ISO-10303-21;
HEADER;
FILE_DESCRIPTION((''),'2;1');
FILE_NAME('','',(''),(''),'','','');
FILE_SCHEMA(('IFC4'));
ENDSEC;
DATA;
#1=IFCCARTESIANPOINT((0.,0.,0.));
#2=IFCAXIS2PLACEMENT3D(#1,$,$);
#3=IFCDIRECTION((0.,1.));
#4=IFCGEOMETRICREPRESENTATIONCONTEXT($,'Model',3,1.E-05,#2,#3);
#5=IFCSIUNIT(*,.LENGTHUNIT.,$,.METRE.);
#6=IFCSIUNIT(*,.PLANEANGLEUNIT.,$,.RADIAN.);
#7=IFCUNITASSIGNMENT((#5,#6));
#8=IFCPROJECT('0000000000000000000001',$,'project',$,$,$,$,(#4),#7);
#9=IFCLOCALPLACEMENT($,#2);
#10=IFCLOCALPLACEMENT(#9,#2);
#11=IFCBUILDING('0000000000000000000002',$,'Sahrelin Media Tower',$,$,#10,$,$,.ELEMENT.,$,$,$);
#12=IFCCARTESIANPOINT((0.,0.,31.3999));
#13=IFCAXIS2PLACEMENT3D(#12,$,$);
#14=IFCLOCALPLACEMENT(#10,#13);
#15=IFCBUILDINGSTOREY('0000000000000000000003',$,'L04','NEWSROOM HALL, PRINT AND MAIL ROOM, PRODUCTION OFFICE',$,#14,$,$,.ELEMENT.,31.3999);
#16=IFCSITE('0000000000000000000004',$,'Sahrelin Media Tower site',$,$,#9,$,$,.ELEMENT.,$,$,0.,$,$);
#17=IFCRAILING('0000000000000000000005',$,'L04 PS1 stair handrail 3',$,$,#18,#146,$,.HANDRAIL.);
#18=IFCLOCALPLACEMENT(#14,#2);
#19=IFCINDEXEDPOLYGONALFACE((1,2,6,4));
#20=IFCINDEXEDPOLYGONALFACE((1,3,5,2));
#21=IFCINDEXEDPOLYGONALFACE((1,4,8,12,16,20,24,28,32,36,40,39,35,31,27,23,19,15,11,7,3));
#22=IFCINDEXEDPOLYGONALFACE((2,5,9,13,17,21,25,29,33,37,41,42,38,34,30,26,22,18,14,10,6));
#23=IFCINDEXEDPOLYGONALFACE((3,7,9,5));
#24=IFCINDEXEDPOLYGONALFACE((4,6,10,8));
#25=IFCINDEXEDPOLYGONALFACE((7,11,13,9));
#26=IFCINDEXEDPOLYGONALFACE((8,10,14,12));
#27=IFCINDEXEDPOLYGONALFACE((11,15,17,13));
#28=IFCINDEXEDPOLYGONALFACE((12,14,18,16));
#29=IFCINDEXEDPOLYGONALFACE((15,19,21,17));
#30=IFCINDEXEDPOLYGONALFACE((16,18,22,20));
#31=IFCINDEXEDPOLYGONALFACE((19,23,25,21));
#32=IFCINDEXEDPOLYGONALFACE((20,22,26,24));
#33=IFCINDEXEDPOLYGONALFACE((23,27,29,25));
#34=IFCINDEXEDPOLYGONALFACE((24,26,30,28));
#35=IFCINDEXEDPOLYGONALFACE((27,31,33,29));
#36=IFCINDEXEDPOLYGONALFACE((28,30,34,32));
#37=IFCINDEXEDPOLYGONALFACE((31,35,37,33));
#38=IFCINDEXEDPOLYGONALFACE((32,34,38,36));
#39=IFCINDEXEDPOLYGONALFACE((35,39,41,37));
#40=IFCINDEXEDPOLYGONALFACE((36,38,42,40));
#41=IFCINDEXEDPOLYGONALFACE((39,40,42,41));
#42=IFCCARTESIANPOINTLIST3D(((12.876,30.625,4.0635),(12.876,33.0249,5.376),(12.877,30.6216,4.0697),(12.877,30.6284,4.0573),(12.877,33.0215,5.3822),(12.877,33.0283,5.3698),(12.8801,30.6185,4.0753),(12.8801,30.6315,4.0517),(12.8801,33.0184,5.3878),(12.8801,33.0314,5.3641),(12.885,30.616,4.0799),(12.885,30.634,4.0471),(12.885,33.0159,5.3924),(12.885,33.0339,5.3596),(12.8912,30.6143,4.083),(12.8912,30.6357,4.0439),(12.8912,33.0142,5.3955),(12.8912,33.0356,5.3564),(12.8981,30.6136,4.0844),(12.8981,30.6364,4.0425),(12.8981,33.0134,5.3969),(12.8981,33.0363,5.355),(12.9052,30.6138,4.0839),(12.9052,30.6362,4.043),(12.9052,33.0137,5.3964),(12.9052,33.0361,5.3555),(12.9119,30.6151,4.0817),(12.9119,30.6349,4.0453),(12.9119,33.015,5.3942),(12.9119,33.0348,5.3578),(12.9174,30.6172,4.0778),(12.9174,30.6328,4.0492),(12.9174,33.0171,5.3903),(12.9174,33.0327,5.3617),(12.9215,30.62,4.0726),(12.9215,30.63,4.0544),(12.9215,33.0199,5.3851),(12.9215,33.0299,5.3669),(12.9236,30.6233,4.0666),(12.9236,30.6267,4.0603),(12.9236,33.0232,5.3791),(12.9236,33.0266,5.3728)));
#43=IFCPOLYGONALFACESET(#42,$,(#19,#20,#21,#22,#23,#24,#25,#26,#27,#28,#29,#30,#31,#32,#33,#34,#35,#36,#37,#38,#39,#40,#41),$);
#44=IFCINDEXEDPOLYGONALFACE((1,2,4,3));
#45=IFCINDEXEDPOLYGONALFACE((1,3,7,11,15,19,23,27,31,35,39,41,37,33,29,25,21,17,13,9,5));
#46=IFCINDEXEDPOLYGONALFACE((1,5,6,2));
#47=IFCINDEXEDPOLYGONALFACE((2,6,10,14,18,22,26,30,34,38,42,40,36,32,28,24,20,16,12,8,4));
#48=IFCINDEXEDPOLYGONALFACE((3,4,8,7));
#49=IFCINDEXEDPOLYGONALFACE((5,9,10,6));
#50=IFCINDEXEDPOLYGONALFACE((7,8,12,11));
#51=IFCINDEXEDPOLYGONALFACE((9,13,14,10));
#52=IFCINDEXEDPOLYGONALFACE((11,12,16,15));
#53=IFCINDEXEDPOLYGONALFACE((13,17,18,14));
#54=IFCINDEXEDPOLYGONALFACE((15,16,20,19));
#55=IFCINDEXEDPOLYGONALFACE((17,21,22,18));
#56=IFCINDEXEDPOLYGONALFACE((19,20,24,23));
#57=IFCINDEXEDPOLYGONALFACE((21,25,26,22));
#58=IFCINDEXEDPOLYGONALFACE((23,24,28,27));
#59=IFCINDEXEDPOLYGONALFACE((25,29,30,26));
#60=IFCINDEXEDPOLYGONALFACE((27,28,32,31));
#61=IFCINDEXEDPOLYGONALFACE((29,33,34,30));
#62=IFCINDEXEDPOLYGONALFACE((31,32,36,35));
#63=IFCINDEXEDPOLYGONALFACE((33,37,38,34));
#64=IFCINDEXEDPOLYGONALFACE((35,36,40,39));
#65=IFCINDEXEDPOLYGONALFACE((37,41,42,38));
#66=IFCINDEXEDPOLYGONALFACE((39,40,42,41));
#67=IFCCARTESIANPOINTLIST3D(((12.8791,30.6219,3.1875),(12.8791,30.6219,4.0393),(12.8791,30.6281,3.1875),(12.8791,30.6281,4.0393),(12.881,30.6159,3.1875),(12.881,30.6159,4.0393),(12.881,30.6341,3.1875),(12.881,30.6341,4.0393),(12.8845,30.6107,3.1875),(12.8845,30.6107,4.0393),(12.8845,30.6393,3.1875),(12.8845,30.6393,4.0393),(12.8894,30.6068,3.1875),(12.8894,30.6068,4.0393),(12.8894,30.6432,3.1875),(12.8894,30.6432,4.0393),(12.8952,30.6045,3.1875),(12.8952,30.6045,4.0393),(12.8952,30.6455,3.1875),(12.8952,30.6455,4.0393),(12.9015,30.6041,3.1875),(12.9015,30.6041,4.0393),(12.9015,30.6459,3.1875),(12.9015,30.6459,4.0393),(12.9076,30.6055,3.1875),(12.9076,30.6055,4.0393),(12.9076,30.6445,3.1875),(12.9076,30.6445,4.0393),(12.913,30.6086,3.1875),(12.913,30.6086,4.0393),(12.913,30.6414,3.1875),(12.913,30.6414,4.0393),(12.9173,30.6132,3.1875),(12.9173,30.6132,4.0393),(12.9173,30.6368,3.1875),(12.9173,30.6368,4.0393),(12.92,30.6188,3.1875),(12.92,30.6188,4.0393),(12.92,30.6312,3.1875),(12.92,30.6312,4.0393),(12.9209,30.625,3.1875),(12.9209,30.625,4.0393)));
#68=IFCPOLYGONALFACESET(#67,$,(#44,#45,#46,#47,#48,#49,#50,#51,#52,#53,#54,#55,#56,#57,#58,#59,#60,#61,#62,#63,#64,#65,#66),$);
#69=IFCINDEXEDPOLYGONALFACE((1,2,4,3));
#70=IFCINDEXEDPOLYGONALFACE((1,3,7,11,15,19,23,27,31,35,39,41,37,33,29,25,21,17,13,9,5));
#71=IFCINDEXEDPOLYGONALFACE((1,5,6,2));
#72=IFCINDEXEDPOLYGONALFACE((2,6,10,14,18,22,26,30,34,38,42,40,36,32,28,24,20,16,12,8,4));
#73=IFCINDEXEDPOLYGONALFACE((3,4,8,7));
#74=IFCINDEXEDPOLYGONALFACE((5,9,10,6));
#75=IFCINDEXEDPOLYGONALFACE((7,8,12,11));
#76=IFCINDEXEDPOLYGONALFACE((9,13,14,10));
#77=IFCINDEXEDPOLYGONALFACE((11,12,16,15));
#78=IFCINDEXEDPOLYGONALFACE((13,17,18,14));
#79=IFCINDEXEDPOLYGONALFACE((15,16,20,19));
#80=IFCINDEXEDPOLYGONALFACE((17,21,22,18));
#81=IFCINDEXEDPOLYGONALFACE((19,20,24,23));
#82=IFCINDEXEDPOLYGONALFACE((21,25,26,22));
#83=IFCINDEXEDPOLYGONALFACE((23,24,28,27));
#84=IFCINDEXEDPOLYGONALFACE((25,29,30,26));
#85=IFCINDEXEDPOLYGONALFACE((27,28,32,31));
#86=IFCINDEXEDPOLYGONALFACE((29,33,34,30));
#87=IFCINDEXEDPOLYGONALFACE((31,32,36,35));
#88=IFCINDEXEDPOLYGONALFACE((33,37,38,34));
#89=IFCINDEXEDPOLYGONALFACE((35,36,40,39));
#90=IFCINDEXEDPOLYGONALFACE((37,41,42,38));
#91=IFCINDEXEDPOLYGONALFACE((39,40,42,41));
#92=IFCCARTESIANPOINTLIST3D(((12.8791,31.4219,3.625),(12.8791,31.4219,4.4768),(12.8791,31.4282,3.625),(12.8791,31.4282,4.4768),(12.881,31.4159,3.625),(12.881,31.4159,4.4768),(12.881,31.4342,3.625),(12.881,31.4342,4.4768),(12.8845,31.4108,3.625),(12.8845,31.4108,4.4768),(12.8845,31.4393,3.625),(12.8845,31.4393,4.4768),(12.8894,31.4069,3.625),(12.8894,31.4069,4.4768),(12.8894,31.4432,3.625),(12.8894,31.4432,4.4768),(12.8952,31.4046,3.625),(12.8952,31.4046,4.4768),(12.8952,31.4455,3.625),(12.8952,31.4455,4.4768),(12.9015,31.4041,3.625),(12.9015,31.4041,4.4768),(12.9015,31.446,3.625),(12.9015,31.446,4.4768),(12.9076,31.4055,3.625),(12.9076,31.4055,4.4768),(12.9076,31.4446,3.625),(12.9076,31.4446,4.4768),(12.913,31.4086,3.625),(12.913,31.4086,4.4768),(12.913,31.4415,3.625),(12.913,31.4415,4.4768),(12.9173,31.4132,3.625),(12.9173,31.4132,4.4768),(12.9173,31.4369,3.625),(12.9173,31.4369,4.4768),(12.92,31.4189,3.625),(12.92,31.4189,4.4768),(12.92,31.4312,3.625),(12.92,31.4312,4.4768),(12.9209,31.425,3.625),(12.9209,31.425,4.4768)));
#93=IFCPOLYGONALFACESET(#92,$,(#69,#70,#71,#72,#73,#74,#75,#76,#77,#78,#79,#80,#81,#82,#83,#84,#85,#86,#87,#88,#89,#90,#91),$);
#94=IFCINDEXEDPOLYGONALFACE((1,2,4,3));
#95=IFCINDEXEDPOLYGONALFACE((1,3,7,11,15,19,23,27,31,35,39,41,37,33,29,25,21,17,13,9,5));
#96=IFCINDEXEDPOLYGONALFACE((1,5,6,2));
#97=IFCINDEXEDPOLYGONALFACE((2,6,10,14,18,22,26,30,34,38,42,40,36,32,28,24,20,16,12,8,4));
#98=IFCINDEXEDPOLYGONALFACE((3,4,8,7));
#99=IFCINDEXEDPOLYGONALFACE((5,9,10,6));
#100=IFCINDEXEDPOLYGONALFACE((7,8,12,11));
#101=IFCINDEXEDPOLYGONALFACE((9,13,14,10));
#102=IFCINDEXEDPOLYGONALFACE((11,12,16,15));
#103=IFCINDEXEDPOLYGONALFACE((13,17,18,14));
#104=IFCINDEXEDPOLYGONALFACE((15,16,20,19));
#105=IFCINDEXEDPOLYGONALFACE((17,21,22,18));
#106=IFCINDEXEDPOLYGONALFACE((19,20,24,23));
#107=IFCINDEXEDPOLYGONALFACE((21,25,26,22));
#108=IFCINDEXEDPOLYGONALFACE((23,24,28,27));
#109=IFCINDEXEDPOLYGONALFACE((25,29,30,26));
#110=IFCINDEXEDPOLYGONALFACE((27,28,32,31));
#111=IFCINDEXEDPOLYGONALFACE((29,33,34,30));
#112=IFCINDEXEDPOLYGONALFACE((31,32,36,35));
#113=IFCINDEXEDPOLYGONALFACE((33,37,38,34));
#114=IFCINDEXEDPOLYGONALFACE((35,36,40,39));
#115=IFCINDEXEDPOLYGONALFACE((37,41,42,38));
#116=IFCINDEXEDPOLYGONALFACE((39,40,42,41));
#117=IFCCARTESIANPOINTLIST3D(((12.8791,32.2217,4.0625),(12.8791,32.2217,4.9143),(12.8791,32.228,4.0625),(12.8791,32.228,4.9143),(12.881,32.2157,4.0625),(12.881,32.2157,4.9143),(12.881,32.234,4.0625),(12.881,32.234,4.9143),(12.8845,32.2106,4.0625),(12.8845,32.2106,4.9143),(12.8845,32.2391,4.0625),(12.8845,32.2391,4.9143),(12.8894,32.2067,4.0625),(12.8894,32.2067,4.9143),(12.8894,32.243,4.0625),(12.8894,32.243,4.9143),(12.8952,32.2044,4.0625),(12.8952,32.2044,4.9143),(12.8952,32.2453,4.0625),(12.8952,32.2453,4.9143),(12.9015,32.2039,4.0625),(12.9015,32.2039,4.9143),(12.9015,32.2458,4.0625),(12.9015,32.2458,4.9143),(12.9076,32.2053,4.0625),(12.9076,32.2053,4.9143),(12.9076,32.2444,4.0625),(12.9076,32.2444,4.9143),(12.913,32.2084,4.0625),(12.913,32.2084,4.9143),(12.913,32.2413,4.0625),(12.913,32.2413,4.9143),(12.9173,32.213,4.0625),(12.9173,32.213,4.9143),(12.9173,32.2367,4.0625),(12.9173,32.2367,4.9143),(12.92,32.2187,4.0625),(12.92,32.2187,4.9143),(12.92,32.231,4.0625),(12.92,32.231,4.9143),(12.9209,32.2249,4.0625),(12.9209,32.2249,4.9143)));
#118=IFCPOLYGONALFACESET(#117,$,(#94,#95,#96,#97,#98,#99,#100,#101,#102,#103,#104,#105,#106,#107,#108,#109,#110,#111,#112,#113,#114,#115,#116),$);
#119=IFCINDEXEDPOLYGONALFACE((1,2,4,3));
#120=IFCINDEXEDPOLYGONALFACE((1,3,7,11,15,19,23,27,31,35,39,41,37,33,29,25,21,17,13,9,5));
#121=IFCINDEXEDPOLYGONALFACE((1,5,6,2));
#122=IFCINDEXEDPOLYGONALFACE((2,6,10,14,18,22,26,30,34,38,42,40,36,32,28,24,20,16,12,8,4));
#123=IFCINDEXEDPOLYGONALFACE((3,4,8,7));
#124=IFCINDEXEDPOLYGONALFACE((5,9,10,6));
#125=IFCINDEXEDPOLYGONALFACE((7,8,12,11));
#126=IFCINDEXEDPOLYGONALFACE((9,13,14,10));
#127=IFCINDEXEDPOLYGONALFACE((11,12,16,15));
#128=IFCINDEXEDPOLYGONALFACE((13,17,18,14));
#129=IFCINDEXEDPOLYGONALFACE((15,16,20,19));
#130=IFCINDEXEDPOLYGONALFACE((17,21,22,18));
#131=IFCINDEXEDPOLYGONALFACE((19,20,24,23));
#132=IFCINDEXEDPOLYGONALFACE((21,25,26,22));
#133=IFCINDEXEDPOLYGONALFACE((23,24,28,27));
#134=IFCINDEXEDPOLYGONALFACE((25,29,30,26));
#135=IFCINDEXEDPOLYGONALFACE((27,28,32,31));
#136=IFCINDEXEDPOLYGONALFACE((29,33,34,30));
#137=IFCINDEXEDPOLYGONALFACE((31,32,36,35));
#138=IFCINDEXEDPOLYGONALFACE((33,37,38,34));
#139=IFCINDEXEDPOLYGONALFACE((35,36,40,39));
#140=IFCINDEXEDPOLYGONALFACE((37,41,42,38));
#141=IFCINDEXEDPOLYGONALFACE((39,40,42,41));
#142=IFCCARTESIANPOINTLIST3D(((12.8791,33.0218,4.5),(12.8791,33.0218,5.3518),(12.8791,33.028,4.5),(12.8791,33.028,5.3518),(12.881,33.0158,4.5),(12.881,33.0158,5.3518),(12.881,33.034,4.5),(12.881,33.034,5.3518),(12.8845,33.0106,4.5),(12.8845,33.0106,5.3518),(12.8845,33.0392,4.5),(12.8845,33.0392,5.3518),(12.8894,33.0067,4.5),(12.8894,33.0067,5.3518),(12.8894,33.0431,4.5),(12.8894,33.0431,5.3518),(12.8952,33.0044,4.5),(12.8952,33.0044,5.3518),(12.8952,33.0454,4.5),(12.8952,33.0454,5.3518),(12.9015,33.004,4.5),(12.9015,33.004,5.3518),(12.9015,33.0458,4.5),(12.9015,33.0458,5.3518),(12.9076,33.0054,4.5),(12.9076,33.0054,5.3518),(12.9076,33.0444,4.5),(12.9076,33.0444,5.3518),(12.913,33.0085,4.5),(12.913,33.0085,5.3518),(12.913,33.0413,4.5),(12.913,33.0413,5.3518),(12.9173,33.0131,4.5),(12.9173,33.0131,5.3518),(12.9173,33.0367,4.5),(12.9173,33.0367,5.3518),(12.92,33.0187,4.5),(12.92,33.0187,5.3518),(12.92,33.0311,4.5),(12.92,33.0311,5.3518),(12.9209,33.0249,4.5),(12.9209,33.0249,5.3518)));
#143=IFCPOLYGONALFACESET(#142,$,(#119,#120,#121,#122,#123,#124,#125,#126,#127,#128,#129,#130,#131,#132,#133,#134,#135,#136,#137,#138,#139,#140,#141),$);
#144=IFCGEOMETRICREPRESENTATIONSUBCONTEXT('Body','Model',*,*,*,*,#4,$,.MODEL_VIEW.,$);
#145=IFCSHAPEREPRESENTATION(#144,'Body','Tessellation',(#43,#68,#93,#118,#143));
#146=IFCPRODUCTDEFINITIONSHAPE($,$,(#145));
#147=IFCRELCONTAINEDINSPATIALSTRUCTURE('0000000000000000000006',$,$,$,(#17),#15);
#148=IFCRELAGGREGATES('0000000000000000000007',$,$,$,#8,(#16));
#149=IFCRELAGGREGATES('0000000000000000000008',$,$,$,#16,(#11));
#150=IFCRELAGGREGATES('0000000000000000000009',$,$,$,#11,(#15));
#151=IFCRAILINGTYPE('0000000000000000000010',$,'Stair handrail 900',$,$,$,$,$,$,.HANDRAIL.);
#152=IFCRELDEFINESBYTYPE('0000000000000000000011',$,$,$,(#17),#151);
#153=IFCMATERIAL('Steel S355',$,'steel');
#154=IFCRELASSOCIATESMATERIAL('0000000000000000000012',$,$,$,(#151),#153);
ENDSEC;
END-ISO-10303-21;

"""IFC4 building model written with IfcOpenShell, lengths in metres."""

from ifc_helpers import new_model, si_unit, direction, frame, origin, origin_2d, place, context, subcontext, project, spatial, circle, extrude, material, type_object, element, save


model = new_model("IFC4")

# Units and contexts
model_context = context("Model", 3, precision=1e-05, world=origin(), true_north=direction((0.0, 1.0)))
body_context = subcontext(model_context, "Body", "Model", "MODEL_VIEW")
ifc_project = project(units=[si_unit("LENGTHUNIT", "METRE"), si_unit("PLANEANGLEUNIT", "RADIAN")], contexts=[model_context])

# Site, building, storey
site_placement = place(None, origin())
site = spatial("IfcSite", under=ifc_project, at=site_placement, Name="Sahrelin Media Tower site", CompositionType="ELEMENT", RefElevation=0.0)
building_placement = place(site_placement, origin())
building = spatial("IfcBuilding", under=site, at=building_placement, Name="Sahrelin Media Tower", CompositionType="ELEMENT")
storey_placement = place(building_placement, frame((0.0, 0.0, 31.3999)))
storey = spatial("IfcBuildingStorey", under=building, at=storey_placement, Name="L04", Description="NEWSROOM HALL, PRINT AND MAIL ROOM, PRODUCTION OFFICE", CompositionType="ELEMENT", Elevation=31.3999)

# Shared definitions
ifc_material_1 = material(Name="Steel S355", Category="steel")

# Railing
railing_type_1 = type_object("IfcRailingType", Name="Stair handrail 900", PredefinedType="HANDRAIL", material=ifc_material_1)
railing_1_placement = place(storey_placement, frame((12.8999, 30.625, 3.1875)))
element("IfcRailing", 1, at=railing_1_placement, inside=storey, type_object=railing_type_1, Name="L04 PS1 stair handrail 3", PredefinedType="HANDRAIL", context=body_context, shape_type="SweptSolid", body=[
    extrude(circle(Radius=0.0239, at=origin_2d()), frame((0.0, 0.0, 0.876), z_axis=(0.0, 0.877363, 0.479827), x_axis=(-1.0, 0.0, 0.0)), (0.0, 0.0, 1.0), 2.7354),
    extrude(circle(Radius=0.021, at=origin_2d()), origin(), (0.0, 0.0, 1.0), 0.8518),
    extrude(circle(Radius=0.021, at=origin_2d()), frame((0.0, 0.8, 0.4375)), (0.0, 0.0, 1.0), 0.8518),
    extrude(circle(Radius=0.021, at=origin_2d()), frame((0.0, 1.5999, 0.875)), (0.0, 0.0, 1.0), 0.8518),
    extrude(circle(Radius=0.021, at=origin_2d()), frame((0.0, 2.3999, 1.3125)), (0.0, 0.0, 1.0), 0.8518),
])

save(model, "model.ifc")
